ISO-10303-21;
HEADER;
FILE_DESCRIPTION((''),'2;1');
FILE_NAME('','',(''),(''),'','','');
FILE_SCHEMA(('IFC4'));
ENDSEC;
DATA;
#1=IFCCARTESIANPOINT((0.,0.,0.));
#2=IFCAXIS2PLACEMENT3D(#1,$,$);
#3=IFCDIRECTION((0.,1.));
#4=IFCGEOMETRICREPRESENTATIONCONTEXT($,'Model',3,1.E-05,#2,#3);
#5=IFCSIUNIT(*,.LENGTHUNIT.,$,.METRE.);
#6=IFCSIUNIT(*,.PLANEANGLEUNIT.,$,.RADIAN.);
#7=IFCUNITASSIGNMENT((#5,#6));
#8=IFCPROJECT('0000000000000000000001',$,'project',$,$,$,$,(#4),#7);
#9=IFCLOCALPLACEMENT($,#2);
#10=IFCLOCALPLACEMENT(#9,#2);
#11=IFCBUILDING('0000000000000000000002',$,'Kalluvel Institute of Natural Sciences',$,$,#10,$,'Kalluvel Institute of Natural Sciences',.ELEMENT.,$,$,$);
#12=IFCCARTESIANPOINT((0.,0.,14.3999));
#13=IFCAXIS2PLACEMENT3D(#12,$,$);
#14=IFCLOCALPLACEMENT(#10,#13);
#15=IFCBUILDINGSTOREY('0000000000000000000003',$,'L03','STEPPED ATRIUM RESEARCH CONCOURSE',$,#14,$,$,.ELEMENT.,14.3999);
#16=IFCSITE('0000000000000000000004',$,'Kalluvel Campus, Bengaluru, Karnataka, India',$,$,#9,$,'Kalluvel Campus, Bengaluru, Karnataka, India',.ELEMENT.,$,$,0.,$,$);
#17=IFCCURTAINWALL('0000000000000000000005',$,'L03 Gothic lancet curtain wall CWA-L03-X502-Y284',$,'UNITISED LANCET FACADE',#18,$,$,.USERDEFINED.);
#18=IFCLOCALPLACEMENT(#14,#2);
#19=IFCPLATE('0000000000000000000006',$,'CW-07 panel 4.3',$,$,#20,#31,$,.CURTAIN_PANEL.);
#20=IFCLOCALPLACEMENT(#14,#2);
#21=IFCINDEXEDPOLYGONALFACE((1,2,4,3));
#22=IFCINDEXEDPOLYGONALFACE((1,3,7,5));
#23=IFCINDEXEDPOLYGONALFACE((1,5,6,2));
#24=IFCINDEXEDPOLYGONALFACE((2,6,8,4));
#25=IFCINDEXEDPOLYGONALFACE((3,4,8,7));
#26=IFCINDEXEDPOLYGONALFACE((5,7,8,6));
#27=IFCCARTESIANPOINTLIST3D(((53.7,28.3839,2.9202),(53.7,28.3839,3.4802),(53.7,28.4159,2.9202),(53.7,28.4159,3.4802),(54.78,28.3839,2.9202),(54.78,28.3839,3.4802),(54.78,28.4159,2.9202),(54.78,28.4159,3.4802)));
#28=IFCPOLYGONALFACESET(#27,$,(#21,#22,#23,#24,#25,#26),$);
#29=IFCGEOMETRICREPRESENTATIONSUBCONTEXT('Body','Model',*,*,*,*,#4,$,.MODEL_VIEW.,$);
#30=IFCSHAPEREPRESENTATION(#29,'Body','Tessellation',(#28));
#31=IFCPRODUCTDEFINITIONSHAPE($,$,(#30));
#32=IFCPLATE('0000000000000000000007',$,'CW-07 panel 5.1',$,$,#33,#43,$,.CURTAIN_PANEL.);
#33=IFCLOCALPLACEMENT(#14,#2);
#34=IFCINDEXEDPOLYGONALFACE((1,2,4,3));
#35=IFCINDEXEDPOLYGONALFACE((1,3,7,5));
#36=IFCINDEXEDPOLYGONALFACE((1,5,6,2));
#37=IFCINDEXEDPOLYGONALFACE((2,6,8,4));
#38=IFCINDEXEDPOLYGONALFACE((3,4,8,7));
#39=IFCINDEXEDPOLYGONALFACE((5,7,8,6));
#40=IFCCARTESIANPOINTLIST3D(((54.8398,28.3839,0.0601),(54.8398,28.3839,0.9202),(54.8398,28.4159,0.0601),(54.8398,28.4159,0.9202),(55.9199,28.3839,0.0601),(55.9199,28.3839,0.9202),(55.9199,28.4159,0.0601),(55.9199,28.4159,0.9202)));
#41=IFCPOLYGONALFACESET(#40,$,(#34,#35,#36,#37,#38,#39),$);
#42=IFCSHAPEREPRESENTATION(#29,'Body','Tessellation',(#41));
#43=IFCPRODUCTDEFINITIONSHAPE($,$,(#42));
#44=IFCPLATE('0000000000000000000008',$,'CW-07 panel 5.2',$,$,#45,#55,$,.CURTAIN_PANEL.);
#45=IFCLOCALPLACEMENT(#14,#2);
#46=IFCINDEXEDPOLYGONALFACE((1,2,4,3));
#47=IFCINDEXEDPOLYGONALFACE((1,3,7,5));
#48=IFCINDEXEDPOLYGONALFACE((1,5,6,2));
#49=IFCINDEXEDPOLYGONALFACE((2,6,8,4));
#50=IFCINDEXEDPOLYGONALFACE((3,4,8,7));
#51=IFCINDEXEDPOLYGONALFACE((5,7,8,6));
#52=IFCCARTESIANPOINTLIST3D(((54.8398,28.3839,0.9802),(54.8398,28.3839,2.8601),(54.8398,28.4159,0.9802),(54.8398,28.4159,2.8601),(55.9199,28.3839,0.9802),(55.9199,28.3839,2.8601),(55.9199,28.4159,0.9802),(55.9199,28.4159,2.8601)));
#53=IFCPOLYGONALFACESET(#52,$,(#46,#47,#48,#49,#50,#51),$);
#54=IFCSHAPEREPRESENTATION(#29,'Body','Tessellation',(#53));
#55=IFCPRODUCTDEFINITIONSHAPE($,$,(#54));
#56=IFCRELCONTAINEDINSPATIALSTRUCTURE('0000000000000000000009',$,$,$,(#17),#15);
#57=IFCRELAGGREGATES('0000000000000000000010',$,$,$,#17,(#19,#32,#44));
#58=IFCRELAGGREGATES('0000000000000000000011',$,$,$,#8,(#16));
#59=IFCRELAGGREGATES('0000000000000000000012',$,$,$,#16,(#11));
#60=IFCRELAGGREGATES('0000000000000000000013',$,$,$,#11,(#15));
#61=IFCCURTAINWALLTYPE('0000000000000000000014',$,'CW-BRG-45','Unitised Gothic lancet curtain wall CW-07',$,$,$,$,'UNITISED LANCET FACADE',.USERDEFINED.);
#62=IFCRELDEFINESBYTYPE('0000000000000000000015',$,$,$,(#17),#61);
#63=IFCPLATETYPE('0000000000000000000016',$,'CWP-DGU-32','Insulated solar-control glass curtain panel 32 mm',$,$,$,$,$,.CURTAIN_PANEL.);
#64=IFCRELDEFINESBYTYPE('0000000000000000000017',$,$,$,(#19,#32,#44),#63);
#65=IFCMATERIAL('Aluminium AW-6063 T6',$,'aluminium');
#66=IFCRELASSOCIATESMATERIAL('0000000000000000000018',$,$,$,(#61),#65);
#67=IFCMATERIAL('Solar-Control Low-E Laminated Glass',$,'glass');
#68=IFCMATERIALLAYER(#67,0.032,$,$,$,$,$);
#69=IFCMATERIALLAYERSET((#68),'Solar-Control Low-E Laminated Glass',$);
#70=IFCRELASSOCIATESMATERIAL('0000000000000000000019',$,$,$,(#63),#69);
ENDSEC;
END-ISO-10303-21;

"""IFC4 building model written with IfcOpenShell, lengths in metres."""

from ifc_helpers import new_model, si_unit, direction, frame, origin, origin_2d, place, context, subcontext, project, spatial, rectangle, extrude, material, layer, layer_set, type_object, element, aggregate, save


model = new_model("IFC4")

# Units and contexts
model_context = context("Model", 3, precision=1e-05, world=origin(), true_north=direction((0.0, 1.0)))
body_context = subcontext(model_context, "Body", "Model", "MODEL_VIEW")
ifc_project = project(units=[si_unit("LENGTHUNIT", "METRE"), si_unit("PLANEANGLEUNIT", "RADIAN")], contexts=[model_context])

# Site, building, storey
site_placement = place(None, origin())
site = spatial("IfcSite", under=ifc_project, at=site_placement, Name="Kalluvel Campus, Bengaluru, Karnataka, India", LongName="Kalluvel Campus, Bengaluru, Karnataka, India", CompositionType="ELEMENT", RefElevation=0.0)
building_placement = place(site_placement, origin())
building = spatial("IfcBuilding", under=site, at=building_placement, Name="Kalluvel Institute of Natural Sciences", LongName="Kalluvel Institute of Natural Sciences", CompositionType="ELEMENT")
storey_placement = place(building_placement, frame((0.0, 0.0, 14.3999)))
storey = spatial("IfcBuildingStorey", under=building, at=storey_placement, Name="L03", Description="STEPPED ATRIUM RESEARCH CONCOURSE", CompositionType="ELEMENT", Elevation=14.3999)

# Curtain wall, plates
ifc_material_1 = material(Name="Aluminium AW-6063 T6", Category="aluminium")
curtain_wall_type = type_object("IfcCurtainWallType", Name="CW-BRG-45", Description="Unitised Gothic lancet curtain wall CW-07", ElementType="UNITISED LANCET FACADE", PredefinedType="USERDEFINED", material=ifc_material_1)
curtain_wall_placement = place(storey_placement, origin())
curtain_wall = element("IfcCurtainWall", 1, at=curtain_wall_placement, inside=storey, type_object=curtain_wall_type, Name="L03 Gothic lancet curtain wall CWA-L03-X502-Y284", ObjectType="UNITISED LANCET FACADE", PredefinedType="USERDEFINED")
ifc_material_2 = material(Name="Solar-Control Low-E Laminated Glass", Category="glass")
ifc_layer = layer(ifc_material_2, 0.032)
ifc_layer_set = layer_set([ifc_layer], Name="Solar-Control Low-E Laminated Glass")
plate_type = type_object("IfcPlateType", Name="CWP-DGU-32", Description="Insulated solar-control glass curtain panel 32 mm", PredefinedType="CURTAIN_PANEL", material=ifc_layer_set)
plate_1_placement = place(storey_placement, frame((54.24, 28.3999, 2.9202), z_axis=(0.0, 0.0, 1.0), x_axis=(1.0, 0.0, 0.0)))
plate_1 = element("IfcPlate", 2, at=plate_1_placement, type_object=plate_type, Name="CW-07 panel 4.3", PredefinedType="CURTAIN_PANEL", context=body_context, shape_type="SweptSolid", body=[
    extrude(rectangle(XDim=1.0801, YDim=0.032, at=origin_2d()), origin(), (0.0, 0.0, 1.0), 0.5601),
])
plate_2_placement = place(storey_placement, frame((55.3799, 28.3999, 0.0601), z_axis=(0.0, 0.0, 1.0), x_axis=(1.0, 0.0, 0.0)))
plate_2 = element("IfcPlate", 3, at=plate_2_placement, type_object=plate_type, Name="CW-07 panel 5.1", PredefinedType="CURTAIN_PANEL", context=body_context, shape_type="SweptSolid", body=[
    extrude(rectangle(XDim=1.0801, YDim=0.032, at=origin_2d()), origin(), (0.0, 0.0, 1.0), 0.8601),
])
plate_3_placement = place(storey_placement, frame((55.3799, 28.3999, 0.9802), z_axis=(0.0, 0.0, 1.0), x_axis=(1.0, 0.0, 0.0)))
plate_3 = element("IfcPlate", 4, at=plate_3_placement, type_object=plate_type, Name="CW-07 panel 5.2", PredefinedType="CURTAIN_PANEL", context=body_context, shape_type="SweptSolid", body=[
    extrude(rectangle(XDim=1.0801, YDim=0.032, at=origin_2d()), origin(), (0.0, 0.0, 1.0), 1.8799),
])
aggregate(curtain_wall, [plate_1, plate_2, plate_3])

save(model, "model.ifc")
